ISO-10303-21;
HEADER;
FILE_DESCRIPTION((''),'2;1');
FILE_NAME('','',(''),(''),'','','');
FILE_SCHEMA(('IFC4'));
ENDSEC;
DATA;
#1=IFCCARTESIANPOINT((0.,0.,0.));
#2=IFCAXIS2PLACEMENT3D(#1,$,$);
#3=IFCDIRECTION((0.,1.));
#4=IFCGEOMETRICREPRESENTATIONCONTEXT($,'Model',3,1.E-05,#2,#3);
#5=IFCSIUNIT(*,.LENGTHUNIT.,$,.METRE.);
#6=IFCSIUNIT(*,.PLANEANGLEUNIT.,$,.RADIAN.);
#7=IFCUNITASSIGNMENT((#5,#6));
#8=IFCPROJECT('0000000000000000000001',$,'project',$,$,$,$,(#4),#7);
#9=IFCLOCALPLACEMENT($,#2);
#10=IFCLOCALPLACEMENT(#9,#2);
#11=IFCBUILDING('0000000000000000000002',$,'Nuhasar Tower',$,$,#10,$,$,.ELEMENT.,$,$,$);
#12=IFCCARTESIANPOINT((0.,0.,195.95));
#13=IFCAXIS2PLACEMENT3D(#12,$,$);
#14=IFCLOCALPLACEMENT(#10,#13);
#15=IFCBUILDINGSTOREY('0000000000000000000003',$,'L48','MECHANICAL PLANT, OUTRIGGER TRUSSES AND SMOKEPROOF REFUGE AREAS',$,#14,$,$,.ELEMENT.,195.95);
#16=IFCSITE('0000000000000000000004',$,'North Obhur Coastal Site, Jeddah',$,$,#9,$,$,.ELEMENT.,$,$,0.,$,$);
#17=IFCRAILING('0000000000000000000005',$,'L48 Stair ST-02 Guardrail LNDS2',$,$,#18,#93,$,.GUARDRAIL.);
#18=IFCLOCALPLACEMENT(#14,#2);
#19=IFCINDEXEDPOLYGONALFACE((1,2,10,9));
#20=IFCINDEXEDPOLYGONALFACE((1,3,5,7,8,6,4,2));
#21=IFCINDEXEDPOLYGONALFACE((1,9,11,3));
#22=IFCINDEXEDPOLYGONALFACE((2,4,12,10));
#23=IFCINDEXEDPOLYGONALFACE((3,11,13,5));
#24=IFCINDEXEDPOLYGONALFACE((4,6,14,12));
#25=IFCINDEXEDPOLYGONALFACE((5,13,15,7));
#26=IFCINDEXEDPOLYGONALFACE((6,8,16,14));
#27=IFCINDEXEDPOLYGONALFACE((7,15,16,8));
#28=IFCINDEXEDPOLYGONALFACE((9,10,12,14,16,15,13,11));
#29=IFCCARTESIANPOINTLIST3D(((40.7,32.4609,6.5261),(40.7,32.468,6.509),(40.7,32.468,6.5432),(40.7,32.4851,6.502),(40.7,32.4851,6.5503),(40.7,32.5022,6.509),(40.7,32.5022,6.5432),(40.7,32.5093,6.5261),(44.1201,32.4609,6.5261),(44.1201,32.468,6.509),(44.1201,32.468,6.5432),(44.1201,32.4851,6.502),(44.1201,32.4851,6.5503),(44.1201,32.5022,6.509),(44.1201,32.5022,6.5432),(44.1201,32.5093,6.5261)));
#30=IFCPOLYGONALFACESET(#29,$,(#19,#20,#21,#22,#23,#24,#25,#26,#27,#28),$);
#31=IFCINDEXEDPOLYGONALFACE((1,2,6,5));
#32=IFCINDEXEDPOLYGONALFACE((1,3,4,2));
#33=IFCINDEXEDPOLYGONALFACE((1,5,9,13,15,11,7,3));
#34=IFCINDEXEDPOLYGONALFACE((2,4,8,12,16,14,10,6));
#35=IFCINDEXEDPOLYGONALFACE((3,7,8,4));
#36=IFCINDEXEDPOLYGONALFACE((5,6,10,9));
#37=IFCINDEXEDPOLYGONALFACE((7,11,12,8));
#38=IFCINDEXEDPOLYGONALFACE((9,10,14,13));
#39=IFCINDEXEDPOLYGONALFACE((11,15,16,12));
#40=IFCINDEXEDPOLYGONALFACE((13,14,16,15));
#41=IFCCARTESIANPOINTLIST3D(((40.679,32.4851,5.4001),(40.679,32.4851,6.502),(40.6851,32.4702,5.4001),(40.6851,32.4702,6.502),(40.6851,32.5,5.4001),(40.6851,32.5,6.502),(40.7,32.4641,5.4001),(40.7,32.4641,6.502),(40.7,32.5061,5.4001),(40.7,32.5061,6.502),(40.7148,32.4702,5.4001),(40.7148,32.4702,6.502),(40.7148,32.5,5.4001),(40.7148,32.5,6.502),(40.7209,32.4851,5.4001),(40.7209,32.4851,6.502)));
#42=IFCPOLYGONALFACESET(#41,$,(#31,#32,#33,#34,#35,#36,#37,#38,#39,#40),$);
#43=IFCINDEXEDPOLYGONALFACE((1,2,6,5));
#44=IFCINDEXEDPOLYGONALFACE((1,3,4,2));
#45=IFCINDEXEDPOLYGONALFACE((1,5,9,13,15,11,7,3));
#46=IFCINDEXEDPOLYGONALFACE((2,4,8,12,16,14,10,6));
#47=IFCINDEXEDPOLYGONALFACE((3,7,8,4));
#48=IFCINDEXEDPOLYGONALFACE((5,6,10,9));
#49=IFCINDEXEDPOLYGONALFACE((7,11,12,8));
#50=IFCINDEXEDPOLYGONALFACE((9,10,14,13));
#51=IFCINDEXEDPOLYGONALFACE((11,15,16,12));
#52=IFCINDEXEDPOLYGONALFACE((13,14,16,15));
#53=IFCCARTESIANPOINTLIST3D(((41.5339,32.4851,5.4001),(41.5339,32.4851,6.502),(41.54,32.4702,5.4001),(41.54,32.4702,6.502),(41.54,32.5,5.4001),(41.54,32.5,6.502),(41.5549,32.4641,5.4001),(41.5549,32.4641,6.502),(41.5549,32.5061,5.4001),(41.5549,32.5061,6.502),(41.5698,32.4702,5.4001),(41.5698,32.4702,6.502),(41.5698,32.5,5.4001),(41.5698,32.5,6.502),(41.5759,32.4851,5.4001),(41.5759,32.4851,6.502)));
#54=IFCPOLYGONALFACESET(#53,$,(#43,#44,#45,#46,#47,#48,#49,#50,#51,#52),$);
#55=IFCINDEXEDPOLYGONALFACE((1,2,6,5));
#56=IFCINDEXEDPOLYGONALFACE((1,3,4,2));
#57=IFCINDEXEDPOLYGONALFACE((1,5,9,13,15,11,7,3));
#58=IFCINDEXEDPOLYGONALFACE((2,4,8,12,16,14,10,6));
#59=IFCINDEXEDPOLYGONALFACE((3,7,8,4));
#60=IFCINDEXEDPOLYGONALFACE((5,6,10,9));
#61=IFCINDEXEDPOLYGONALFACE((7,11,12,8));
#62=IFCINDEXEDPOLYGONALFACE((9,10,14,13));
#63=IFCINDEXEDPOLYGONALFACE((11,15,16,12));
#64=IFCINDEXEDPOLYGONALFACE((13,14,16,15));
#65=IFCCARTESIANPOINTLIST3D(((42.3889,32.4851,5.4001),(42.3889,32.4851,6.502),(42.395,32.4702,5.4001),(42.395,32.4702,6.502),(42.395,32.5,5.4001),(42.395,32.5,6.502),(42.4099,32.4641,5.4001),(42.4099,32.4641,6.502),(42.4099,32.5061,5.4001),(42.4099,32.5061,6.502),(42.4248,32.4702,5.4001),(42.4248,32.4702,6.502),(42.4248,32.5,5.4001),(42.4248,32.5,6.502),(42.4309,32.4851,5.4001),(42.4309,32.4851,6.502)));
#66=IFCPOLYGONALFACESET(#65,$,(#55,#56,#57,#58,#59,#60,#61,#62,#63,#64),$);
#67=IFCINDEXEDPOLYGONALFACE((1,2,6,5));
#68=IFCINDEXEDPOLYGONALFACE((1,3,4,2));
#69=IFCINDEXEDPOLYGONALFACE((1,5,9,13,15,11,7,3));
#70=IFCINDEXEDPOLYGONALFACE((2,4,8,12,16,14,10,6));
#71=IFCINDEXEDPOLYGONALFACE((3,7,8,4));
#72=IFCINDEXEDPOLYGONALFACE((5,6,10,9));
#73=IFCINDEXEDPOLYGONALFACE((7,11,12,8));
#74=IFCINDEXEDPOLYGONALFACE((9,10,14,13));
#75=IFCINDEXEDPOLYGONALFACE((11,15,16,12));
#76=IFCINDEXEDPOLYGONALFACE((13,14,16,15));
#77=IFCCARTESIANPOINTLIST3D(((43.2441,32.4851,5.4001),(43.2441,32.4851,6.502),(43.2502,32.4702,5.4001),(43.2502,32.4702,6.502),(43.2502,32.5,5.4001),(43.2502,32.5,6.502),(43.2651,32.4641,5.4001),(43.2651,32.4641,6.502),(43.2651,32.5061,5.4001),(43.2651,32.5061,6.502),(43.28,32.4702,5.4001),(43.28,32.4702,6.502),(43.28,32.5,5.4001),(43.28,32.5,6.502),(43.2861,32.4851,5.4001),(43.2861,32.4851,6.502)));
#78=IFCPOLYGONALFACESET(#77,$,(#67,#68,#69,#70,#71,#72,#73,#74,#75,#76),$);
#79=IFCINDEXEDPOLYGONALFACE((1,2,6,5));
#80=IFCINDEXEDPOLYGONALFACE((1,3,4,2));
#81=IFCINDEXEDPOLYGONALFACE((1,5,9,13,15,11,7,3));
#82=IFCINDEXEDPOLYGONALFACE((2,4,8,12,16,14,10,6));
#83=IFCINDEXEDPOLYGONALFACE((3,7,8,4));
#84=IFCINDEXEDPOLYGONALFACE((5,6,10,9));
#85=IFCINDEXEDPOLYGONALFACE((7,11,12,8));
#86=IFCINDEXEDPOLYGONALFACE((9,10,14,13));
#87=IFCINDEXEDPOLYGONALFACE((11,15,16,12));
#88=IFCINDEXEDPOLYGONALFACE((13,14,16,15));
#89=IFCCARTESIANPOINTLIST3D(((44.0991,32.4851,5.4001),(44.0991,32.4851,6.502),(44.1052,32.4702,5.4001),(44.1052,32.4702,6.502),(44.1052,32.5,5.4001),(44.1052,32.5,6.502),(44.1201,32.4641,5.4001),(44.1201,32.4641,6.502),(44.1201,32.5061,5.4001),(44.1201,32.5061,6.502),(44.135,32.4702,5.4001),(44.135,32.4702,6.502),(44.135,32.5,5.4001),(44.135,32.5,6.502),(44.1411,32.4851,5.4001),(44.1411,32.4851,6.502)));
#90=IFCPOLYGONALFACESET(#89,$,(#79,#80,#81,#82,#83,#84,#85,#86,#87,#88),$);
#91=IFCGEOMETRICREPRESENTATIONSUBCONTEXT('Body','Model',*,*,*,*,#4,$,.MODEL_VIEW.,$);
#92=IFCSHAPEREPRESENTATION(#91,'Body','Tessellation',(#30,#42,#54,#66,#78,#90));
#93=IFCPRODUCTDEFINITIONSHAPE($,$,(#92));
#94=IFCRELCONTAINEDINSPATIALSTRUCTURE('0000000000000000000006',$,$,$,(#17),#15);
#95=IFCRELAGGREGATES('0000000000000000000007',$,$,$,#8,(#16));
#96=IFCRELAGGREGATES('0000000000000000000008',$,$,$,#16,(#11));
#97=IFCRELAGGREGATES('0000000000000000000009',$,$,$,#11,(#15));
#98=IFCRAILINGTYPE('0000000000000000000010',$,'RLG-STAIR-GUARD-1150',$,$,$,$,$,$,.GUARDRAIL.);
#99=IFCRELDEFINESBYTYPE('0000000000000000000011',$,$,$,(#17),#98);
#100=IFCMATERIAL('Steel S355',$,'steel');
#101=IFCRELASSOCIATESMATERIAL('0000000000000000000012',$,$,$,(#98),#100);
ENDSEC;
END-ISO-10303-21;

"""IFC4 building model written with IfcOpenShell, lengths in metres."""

from ifc_helpers import new_model, si_unit, direction, frame, origin, place, context, subcontext, project, spatial, polyline, outline, extrude, material, type_object, element, save


model = new_model("IFC4")

# Units and contexts
model_context = context("Model", 3, precision=1e-05, world=origin(), true_north=direction((0.0, 1.0)))
body_context = subcontext(model_context, "Body", "Model", "MODEL_VIEW")
ifc_project = project(units=[si_unit("LENGTHUNIT", "METRE"), si_unit("PLANEANGLEUNIT", "RADIAN")], contexts=[model_context])

# Site, building, storey
site_placement = place(None, origin())
site = spatial("IfcSite", under=ifc_project, at=site_placement, Name="North Obhur Coastal Site, Jeddah", CompositionType="ELEMENT", RefElevation=0.0)
building_placement = place(site_placement, origin())
building = spatial("IfcBuilding", under=site, at=building_placement, Name="Nuhasar Tower", CompositionType="ELEMENT")
storey_placement = place(building_placement, frame((0.0, 0.0, 195.95)))
storey = spatial("IfcBuildingStorey", under=building, at=storey_placement, Name="L48", Description="MECHANICAL PLANT, OUTRIGGER TRUSSES AND SMOKEPROOF REFUGE AREAS", CompositionType="ELEMENT", Elevation=195.95)

# Shared definitions
ifc_material_1 = material(Name="Steel S355", Category="steel")

# Railing
railing_type_1 = type_object("IfcRailingType", Name="RLG-STAIR-GUARD-1150", PredefinedType="GUARDRAIL", material=ifc_material_1)
railing_1_placement = place(storey_placement, frame((40.7, 32.4851, 5.4001)))
element("IfcRailing", 1, at=railing_1_placement, inside=storey, type_object=railing_type_1, Name="L48 Stair ST-02 Guardrail LNDS2", PredefinedType="GUARDRAIL", context=body_context, shape_type="SweptSolid", body=[
    extrude(outline(polyline([(0.0242, 0.0), (0.0171, 0.0171), (0.0, 0.0242), (-0.0171, 0.0171), (-0.0242, 0.0), (-0.0171, -0.0171), (0.0, -0.0242), (0.0171, -0.0171), (0.0242, 0.0)])), frame((0.0, 0.0, 1.126), z_axis=(1.0, 0.0, 0.0), x_axis=(0.0, 1.0, 0.0)), (0.0, 0.0, 1.0), 3.4202),
    extrude(outline(polyline([(0.021, 0.0), (0.0149, 0.0149), (0.0, 0.021), (-0.0149, 0.0149), (-0.021, 0.0), (-0.0149, -0.0149), (0.0, -0.021), (0.0149, -0.0149), (0.021, 0.0)])), origin(), (0.0, 0.0, 1.0), 1.1018),
    extrude(outline(polyline([(0.021, 0.0), (0.0149, 0.0149), (0.0, 0.021), (-0.0149, 0.0149), (-0.021, 0.0), (-0.0149, -0.0149), (0.0, -0.021), (0.0149, -0.0149), (0.021, 0.0)])), frame((0.855, 0.0, 0.0)), (0.0, 0.0, 1.0), 1.1018),
    extrude(outline(polyline([(0.021, 0.0), (0.0149, 0.0149), (0.0, 0.021), (-0.0149, 0.0149), (-0.021, 0.0), (-0.0149, -0.0149), (0.0, -0.021), (0.0149, -0.0149), (0.021, 0.0)])), frame((1.71, 0.0, 0.0)), (0.0, 0.0, 1.0), 1.1018),
    extrude(outline(polyline([(0.021, 0.0), (0.0149, 0.0149), (0.0, 0.021), (-0.0149, 0.0149), (-0.021, 0.0), (-0.0149, -0.0149), (0.0, -0.021), (0.0149, -0.0149), (0.021, 0.0)])), frame((2.5652, 0.0, 0.0)), (0.0, 0.0, 1.0), 1.1018),
    extrude(outline(polyline([(0.021, 0.0), (0.0149, 0.0149), (0.0, 0.021), (-0.0149, 0.0149), (-0.021, 0.0), (-0.0149, -0.0149), (0.0, -0.021), (0.0149, -0.0149), (0.021, 0.0)])), frame((3.4202, 0.0, 0.0)), (0.0, 0.0, 1.0), 1.1018),
])

save(model, "model.ifc")
